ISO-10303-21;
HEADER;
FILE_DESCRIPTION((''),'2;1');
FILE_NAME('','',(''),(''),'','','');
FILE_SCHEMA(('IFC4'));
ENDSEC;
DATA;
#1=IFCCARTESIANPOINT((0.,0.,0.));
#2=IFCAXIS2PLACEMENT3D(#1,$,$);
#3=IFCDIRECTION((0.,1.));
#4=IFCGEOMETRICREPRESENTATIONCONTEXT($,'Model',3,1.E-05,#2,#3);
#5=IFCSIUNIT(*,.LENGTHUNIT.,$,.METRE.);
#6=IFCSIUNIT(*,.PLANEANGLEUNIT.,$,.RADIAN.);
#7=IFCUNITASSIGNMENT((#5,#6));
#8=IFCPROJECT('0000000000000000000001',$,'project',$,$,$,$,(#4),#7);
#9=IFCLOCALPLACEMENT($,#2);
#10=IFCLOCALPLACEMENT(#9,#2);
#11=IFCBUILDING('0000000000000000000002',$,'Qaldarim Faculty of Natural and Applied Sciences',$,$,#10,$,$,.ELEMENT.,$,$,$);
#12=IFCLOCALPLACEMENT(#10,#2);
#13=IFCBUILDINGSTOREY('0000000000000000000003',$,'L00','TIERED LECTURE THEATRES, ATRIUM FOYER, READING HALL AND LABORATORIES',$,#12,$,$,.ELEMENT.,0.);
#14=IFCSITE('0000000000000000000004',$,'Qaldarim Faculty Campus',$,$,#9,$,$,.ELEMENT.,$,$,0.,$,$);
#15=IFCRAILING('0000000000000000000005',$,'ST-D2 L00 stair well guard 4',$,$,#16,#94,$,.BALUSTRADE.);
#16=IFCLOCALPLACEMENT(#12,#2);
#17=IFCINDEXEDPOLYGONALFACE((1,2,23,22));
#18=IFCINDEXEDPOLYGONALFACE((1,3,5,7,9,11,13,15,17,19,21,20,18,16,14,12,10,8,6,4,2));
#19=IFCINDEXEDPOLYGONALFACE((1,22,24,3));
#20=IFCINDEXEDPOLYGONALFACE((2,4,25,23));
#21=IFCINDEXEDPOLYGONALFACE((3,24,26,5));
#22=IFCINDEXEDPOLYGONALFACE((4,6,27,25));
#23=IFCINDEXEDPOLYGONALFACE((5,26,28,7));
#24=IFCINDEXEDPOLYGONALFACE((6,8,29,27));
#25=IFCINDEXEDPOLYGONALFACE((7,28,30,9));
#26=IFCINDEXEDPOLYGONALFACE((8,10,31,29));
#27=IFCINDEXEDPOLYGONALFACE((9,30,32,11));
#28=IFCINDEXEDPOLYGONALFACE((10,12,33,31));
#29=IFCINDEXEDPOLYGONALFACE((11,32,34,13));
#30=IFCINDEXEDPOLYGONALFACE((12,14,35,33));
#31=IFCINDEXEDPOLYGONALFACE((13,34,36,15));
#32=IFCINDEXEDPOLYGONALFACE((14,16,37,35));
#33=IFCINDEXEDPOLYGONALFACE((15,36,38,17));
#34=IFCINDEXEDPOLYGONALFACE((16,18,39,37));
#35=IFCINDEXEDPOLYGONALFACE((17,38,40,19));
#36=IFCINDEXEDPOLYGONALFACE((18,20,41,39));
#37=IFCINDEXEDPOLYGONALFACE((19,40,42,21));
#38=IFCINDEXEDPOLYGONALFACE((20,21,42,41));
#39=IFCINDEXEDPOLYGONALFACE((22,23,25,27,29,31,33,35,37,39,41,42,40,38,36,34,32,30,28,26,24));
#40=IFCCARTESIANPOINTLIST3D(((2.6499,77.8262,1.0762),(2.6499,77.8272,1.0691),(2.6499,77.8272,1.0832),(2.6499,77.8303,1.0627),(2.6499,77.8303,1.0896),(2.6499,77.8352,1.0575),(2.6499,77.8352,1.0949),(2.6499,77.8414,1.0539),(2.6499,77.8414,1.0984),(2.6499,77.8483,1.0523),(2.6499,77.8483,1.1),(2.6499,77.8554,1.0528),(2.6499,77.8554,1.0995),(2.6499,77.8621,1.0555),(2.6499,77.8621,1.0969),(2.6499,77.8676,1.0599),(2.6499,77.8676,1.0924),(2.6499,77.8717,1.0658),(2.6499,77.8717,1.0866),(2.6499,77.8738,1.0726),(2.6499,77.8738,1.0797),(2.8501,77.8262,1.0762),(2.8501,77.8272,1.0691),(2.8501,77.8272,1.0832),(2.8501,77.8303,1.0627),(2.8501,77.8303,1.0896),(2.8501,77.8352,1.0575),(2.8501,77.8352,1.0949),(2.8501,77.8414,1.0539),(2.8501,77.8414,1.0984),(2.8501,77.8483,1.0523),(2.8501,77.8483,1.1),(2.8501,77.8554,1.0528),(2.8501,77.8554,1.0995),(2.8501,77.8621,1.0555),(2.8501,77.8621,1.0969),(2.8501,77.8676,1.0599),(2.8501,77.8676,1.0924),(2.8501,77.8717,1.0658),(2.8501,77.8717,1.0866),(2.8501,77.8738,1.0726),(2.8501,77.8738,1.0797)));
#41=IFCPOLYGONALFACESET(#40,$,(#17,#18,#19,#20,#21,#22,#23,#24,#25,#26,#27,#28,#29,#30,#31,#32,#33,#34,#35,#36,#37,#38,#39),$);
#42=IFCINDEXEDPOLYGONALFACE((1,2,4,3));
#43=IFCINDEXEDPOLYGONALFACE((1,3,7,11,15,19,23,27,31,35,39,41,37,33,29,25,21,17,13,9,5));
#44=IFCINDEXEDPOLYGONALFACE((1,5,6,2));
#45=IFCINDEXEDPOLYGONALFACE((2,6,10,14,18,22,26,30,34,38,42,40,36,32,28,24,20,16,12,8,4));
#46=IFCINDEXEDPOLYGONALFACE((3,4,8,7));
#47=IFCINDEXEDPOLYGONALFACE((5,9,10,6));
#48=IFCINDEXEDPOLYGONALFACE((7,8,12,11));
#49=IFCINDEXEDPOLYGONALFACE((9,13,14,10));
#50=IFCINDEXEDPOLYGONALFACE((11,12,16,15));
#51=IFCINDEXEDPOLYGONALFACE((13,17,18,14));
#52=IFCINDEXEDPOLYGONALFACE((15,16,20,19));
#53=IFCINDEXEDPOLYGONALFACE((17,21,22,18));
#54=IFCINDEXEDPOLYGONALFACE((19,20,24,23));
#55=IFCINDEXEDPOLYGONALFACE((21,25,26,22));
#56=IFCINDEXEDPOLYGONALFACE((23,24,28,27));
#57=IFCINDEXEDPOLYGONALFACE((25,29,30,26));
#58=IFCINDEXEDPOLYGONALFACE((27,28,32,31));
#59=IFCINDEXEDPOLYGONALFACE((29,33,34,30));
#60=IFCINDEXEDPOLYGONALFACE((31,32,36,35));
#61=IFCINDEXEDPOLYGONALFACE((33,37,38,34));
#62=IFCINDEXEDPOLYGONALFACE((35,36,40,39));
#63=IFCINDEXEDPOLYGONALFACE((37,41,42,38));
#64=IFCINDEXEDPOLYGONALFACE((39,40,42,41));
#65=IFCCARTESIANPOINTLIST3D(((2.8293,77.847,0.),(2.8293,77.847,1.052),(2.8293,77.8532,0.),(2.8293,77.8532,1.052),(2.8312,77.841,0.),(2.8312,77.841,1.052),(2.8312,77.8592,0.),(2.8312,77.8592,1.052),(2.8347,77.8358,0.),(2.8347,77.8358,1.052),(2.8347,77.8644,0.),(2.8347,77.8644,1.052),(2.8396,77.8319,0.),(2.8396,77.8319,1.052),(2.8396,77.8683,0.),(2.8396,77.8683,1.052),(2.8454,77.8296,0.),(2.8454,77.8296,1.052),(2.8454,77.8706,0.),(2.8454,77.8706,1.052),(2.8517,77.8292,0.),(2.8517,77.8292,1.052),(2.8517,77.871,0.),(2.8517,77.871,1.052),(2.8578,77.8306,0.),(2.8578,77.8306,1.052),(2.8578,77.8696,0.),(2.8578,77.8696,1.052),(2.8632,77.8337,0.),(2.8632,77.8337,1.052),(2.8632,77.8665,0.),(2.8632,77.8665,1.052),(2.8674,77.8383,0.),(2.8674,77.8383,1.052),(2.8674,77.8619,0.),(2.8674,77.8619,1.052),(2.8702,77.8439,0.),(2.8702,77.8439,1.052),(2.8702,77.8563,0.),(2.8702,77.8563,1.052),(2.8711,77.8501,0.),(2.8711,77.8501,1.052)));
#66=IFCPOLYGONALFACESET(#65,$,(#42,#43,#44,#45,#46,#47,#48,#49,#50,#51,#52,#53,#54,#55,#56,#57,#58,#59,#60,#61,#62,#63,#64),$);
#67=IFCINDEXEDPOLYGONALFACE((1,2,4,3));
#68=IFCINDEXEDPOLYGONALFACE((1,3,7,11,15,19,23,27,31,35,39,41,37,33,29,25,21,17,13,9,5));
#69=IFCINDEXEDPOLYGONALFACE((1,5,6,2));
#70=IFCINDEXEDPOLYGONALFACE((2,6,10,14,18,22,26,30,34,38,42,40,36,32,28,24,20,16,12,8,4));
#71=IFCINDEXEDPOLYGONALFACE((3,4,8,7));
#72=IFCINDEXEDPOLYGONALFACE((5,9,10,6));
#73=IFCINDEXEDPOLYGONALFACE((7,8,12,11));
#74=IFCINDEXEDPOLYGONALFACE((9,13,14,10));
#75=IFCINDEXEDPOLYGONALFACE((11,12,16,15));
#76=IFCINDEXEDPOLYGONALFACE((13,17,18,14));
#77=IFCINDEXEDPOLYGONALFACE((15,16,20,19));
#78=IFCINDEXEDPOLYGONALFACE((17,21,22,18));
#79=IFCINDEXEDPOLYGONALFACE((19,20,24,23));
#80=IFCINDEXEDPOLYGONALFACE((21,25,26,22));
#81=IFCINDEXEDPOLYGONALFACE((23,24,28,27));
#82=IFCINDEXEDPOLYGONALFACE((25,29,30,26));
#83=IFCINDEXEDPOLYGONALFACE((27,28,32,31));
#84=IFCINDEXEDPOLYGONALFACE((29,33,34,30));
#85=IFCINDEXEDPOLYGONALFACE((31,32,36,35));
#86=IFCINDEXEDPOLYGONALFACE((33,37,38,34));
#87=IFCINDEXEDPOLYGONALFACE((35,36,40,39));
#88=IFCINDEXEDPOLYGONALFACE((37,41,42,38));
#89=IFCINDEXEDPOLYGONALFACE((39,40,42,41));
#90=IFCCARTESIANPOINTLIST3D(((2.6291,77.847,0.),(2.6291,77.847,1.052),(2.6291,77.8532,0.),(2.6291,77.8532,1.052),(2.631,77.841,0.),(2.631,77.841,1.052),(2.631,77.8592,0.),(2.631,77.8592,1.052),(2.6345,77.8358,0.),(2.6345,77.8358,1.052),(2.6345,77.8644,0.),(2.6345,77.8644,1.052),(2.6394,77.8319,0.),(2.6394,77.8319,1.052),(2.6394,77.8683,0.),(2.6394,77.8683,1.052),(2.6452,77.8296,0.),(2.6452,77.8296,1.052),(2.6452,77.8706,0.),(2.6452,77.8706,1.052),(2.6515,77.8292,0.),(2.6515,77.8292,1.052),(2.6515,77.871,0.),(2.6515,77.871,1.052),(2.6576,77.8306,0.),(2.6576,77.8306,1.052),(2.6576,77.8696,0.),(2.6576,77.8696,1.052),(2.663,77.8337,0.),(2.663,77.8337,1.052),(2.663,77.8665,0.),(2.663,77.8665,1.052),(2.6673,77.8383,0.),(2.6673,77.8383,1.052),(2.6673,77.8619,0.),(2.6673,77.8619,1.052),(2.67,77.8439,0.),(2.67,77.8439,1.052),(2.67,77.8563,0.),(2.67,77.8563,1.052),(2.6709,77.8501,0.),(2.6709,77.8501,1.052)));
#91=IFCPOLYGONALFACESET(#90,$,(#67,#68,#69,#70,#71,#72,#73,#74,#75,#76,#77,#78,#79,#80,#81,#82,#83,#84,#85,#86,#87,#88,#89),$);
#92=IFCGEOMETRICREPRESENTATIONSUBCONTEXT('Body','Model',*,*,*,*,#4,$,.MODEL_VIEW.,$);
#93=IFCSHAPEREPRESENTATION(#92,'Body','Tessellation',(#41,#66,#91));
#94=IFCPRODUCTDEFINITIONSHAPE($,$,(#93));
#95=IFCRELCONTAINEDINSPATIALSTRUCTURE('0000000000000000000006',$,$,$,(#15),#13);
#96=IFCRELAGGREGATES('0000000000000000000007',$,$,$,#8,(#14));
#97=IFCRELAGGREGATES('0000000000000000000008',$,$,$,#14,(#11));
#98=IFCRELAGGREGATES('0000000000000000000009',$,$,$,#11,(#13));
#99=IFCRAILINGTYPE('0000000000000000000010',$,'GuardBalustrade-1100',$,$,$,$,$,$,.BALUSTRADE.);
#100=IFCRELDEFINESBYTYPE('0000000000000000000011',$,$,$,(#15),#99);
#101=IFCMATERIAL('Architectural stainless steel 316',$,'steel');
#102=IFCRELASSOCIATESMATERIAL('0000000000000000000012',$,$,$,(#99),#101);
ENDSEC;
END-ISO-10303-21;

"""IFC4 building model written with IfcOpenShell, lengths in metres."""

from ifc_helpers import new_model, si_unit, direction, frame, origin, origin_2d, place, context, subcontext, project, spatial, circle, extrude, material, type_object, element, save


model = new_model("IFC4")

# Units and contexts
model_context = context("Model", 3, precision=1e-05, world=origin(), true_north=direction((0.0, 1.0)))
body_context = subcontext(model_context, "Body", "Model", "MODEL_VIEW")
ifc_project = project(units=[si_unit("LENGTHUNIT", "METRE"), si_unit("PLANEANGLEUNIT", "RADIAN")], contexts=[model_context])

# Site, building, storey
site_placement = place(None, origin())
site = spatial("IfcSite", under=ifc_project, at=site_placement, Name="Qaldarim Faculty Campus", CompositionType="ELEMENT", RefElevation=0.0)
building_placement = place(site_placement, origin())
building = spatial("IfcBuilding", under=site, at=building_placement, Name="Qaldarim Faculty of Natural and Applied Sciences", CompositionType="ELEMENT")
storey_placement = place(building_placement, origin())
storey = spatial("IfcBuildingStorey", under=building, at=storey_placement, Name="L00", Description="TIERED LECTURE THEATRES, ATRIUM FOYER, READING HALL AND LABORATORIES", CompositionType="ELEMENT", Elevation=0.0)

# Railing
ifc_material_1 = material(Name="Architectural stainless steel 316", Category="steel")
railing_type_1 = type_object("IfcRailingType", Name="GuardBalustrade-1100", PredefinedType="BALUSTRADE", material=ifc_material_1)
railing_1_placement = place(storey_placement, frame((2.8501, 77.8501, 0.0)))
element("IfcRailing", 1, at=railing_1_placement, inside=storey, type_object=railing_type_1, Name="ST-D2 L00 stair well guard 4", PredefinedType="BALUSTRADE", context=body_context, shape_type="SweptSolid", body=[
    extrude(circle(Radius=0.0239, at=origin_2d()), frame((0.0, 0.0, 1.0762), z_axis=(-1.0, 0.0, 0.0), x_axis=(0.0, -1.0, 0.0)), (0.0, 0.0, 1.0), 0.2002),
    extrude(circle(Radius=0.021, at=origin_2d()), origin(), (0.0, 0.0, 1.0), 1.052),
    extrude(circle(Radius=0.021, at=origin_2d()), frame((-0.2002, 0.0, 0.0)), (0.0, 0.0, 1.0), 1.052),
])

save(model, "model.ifc")
